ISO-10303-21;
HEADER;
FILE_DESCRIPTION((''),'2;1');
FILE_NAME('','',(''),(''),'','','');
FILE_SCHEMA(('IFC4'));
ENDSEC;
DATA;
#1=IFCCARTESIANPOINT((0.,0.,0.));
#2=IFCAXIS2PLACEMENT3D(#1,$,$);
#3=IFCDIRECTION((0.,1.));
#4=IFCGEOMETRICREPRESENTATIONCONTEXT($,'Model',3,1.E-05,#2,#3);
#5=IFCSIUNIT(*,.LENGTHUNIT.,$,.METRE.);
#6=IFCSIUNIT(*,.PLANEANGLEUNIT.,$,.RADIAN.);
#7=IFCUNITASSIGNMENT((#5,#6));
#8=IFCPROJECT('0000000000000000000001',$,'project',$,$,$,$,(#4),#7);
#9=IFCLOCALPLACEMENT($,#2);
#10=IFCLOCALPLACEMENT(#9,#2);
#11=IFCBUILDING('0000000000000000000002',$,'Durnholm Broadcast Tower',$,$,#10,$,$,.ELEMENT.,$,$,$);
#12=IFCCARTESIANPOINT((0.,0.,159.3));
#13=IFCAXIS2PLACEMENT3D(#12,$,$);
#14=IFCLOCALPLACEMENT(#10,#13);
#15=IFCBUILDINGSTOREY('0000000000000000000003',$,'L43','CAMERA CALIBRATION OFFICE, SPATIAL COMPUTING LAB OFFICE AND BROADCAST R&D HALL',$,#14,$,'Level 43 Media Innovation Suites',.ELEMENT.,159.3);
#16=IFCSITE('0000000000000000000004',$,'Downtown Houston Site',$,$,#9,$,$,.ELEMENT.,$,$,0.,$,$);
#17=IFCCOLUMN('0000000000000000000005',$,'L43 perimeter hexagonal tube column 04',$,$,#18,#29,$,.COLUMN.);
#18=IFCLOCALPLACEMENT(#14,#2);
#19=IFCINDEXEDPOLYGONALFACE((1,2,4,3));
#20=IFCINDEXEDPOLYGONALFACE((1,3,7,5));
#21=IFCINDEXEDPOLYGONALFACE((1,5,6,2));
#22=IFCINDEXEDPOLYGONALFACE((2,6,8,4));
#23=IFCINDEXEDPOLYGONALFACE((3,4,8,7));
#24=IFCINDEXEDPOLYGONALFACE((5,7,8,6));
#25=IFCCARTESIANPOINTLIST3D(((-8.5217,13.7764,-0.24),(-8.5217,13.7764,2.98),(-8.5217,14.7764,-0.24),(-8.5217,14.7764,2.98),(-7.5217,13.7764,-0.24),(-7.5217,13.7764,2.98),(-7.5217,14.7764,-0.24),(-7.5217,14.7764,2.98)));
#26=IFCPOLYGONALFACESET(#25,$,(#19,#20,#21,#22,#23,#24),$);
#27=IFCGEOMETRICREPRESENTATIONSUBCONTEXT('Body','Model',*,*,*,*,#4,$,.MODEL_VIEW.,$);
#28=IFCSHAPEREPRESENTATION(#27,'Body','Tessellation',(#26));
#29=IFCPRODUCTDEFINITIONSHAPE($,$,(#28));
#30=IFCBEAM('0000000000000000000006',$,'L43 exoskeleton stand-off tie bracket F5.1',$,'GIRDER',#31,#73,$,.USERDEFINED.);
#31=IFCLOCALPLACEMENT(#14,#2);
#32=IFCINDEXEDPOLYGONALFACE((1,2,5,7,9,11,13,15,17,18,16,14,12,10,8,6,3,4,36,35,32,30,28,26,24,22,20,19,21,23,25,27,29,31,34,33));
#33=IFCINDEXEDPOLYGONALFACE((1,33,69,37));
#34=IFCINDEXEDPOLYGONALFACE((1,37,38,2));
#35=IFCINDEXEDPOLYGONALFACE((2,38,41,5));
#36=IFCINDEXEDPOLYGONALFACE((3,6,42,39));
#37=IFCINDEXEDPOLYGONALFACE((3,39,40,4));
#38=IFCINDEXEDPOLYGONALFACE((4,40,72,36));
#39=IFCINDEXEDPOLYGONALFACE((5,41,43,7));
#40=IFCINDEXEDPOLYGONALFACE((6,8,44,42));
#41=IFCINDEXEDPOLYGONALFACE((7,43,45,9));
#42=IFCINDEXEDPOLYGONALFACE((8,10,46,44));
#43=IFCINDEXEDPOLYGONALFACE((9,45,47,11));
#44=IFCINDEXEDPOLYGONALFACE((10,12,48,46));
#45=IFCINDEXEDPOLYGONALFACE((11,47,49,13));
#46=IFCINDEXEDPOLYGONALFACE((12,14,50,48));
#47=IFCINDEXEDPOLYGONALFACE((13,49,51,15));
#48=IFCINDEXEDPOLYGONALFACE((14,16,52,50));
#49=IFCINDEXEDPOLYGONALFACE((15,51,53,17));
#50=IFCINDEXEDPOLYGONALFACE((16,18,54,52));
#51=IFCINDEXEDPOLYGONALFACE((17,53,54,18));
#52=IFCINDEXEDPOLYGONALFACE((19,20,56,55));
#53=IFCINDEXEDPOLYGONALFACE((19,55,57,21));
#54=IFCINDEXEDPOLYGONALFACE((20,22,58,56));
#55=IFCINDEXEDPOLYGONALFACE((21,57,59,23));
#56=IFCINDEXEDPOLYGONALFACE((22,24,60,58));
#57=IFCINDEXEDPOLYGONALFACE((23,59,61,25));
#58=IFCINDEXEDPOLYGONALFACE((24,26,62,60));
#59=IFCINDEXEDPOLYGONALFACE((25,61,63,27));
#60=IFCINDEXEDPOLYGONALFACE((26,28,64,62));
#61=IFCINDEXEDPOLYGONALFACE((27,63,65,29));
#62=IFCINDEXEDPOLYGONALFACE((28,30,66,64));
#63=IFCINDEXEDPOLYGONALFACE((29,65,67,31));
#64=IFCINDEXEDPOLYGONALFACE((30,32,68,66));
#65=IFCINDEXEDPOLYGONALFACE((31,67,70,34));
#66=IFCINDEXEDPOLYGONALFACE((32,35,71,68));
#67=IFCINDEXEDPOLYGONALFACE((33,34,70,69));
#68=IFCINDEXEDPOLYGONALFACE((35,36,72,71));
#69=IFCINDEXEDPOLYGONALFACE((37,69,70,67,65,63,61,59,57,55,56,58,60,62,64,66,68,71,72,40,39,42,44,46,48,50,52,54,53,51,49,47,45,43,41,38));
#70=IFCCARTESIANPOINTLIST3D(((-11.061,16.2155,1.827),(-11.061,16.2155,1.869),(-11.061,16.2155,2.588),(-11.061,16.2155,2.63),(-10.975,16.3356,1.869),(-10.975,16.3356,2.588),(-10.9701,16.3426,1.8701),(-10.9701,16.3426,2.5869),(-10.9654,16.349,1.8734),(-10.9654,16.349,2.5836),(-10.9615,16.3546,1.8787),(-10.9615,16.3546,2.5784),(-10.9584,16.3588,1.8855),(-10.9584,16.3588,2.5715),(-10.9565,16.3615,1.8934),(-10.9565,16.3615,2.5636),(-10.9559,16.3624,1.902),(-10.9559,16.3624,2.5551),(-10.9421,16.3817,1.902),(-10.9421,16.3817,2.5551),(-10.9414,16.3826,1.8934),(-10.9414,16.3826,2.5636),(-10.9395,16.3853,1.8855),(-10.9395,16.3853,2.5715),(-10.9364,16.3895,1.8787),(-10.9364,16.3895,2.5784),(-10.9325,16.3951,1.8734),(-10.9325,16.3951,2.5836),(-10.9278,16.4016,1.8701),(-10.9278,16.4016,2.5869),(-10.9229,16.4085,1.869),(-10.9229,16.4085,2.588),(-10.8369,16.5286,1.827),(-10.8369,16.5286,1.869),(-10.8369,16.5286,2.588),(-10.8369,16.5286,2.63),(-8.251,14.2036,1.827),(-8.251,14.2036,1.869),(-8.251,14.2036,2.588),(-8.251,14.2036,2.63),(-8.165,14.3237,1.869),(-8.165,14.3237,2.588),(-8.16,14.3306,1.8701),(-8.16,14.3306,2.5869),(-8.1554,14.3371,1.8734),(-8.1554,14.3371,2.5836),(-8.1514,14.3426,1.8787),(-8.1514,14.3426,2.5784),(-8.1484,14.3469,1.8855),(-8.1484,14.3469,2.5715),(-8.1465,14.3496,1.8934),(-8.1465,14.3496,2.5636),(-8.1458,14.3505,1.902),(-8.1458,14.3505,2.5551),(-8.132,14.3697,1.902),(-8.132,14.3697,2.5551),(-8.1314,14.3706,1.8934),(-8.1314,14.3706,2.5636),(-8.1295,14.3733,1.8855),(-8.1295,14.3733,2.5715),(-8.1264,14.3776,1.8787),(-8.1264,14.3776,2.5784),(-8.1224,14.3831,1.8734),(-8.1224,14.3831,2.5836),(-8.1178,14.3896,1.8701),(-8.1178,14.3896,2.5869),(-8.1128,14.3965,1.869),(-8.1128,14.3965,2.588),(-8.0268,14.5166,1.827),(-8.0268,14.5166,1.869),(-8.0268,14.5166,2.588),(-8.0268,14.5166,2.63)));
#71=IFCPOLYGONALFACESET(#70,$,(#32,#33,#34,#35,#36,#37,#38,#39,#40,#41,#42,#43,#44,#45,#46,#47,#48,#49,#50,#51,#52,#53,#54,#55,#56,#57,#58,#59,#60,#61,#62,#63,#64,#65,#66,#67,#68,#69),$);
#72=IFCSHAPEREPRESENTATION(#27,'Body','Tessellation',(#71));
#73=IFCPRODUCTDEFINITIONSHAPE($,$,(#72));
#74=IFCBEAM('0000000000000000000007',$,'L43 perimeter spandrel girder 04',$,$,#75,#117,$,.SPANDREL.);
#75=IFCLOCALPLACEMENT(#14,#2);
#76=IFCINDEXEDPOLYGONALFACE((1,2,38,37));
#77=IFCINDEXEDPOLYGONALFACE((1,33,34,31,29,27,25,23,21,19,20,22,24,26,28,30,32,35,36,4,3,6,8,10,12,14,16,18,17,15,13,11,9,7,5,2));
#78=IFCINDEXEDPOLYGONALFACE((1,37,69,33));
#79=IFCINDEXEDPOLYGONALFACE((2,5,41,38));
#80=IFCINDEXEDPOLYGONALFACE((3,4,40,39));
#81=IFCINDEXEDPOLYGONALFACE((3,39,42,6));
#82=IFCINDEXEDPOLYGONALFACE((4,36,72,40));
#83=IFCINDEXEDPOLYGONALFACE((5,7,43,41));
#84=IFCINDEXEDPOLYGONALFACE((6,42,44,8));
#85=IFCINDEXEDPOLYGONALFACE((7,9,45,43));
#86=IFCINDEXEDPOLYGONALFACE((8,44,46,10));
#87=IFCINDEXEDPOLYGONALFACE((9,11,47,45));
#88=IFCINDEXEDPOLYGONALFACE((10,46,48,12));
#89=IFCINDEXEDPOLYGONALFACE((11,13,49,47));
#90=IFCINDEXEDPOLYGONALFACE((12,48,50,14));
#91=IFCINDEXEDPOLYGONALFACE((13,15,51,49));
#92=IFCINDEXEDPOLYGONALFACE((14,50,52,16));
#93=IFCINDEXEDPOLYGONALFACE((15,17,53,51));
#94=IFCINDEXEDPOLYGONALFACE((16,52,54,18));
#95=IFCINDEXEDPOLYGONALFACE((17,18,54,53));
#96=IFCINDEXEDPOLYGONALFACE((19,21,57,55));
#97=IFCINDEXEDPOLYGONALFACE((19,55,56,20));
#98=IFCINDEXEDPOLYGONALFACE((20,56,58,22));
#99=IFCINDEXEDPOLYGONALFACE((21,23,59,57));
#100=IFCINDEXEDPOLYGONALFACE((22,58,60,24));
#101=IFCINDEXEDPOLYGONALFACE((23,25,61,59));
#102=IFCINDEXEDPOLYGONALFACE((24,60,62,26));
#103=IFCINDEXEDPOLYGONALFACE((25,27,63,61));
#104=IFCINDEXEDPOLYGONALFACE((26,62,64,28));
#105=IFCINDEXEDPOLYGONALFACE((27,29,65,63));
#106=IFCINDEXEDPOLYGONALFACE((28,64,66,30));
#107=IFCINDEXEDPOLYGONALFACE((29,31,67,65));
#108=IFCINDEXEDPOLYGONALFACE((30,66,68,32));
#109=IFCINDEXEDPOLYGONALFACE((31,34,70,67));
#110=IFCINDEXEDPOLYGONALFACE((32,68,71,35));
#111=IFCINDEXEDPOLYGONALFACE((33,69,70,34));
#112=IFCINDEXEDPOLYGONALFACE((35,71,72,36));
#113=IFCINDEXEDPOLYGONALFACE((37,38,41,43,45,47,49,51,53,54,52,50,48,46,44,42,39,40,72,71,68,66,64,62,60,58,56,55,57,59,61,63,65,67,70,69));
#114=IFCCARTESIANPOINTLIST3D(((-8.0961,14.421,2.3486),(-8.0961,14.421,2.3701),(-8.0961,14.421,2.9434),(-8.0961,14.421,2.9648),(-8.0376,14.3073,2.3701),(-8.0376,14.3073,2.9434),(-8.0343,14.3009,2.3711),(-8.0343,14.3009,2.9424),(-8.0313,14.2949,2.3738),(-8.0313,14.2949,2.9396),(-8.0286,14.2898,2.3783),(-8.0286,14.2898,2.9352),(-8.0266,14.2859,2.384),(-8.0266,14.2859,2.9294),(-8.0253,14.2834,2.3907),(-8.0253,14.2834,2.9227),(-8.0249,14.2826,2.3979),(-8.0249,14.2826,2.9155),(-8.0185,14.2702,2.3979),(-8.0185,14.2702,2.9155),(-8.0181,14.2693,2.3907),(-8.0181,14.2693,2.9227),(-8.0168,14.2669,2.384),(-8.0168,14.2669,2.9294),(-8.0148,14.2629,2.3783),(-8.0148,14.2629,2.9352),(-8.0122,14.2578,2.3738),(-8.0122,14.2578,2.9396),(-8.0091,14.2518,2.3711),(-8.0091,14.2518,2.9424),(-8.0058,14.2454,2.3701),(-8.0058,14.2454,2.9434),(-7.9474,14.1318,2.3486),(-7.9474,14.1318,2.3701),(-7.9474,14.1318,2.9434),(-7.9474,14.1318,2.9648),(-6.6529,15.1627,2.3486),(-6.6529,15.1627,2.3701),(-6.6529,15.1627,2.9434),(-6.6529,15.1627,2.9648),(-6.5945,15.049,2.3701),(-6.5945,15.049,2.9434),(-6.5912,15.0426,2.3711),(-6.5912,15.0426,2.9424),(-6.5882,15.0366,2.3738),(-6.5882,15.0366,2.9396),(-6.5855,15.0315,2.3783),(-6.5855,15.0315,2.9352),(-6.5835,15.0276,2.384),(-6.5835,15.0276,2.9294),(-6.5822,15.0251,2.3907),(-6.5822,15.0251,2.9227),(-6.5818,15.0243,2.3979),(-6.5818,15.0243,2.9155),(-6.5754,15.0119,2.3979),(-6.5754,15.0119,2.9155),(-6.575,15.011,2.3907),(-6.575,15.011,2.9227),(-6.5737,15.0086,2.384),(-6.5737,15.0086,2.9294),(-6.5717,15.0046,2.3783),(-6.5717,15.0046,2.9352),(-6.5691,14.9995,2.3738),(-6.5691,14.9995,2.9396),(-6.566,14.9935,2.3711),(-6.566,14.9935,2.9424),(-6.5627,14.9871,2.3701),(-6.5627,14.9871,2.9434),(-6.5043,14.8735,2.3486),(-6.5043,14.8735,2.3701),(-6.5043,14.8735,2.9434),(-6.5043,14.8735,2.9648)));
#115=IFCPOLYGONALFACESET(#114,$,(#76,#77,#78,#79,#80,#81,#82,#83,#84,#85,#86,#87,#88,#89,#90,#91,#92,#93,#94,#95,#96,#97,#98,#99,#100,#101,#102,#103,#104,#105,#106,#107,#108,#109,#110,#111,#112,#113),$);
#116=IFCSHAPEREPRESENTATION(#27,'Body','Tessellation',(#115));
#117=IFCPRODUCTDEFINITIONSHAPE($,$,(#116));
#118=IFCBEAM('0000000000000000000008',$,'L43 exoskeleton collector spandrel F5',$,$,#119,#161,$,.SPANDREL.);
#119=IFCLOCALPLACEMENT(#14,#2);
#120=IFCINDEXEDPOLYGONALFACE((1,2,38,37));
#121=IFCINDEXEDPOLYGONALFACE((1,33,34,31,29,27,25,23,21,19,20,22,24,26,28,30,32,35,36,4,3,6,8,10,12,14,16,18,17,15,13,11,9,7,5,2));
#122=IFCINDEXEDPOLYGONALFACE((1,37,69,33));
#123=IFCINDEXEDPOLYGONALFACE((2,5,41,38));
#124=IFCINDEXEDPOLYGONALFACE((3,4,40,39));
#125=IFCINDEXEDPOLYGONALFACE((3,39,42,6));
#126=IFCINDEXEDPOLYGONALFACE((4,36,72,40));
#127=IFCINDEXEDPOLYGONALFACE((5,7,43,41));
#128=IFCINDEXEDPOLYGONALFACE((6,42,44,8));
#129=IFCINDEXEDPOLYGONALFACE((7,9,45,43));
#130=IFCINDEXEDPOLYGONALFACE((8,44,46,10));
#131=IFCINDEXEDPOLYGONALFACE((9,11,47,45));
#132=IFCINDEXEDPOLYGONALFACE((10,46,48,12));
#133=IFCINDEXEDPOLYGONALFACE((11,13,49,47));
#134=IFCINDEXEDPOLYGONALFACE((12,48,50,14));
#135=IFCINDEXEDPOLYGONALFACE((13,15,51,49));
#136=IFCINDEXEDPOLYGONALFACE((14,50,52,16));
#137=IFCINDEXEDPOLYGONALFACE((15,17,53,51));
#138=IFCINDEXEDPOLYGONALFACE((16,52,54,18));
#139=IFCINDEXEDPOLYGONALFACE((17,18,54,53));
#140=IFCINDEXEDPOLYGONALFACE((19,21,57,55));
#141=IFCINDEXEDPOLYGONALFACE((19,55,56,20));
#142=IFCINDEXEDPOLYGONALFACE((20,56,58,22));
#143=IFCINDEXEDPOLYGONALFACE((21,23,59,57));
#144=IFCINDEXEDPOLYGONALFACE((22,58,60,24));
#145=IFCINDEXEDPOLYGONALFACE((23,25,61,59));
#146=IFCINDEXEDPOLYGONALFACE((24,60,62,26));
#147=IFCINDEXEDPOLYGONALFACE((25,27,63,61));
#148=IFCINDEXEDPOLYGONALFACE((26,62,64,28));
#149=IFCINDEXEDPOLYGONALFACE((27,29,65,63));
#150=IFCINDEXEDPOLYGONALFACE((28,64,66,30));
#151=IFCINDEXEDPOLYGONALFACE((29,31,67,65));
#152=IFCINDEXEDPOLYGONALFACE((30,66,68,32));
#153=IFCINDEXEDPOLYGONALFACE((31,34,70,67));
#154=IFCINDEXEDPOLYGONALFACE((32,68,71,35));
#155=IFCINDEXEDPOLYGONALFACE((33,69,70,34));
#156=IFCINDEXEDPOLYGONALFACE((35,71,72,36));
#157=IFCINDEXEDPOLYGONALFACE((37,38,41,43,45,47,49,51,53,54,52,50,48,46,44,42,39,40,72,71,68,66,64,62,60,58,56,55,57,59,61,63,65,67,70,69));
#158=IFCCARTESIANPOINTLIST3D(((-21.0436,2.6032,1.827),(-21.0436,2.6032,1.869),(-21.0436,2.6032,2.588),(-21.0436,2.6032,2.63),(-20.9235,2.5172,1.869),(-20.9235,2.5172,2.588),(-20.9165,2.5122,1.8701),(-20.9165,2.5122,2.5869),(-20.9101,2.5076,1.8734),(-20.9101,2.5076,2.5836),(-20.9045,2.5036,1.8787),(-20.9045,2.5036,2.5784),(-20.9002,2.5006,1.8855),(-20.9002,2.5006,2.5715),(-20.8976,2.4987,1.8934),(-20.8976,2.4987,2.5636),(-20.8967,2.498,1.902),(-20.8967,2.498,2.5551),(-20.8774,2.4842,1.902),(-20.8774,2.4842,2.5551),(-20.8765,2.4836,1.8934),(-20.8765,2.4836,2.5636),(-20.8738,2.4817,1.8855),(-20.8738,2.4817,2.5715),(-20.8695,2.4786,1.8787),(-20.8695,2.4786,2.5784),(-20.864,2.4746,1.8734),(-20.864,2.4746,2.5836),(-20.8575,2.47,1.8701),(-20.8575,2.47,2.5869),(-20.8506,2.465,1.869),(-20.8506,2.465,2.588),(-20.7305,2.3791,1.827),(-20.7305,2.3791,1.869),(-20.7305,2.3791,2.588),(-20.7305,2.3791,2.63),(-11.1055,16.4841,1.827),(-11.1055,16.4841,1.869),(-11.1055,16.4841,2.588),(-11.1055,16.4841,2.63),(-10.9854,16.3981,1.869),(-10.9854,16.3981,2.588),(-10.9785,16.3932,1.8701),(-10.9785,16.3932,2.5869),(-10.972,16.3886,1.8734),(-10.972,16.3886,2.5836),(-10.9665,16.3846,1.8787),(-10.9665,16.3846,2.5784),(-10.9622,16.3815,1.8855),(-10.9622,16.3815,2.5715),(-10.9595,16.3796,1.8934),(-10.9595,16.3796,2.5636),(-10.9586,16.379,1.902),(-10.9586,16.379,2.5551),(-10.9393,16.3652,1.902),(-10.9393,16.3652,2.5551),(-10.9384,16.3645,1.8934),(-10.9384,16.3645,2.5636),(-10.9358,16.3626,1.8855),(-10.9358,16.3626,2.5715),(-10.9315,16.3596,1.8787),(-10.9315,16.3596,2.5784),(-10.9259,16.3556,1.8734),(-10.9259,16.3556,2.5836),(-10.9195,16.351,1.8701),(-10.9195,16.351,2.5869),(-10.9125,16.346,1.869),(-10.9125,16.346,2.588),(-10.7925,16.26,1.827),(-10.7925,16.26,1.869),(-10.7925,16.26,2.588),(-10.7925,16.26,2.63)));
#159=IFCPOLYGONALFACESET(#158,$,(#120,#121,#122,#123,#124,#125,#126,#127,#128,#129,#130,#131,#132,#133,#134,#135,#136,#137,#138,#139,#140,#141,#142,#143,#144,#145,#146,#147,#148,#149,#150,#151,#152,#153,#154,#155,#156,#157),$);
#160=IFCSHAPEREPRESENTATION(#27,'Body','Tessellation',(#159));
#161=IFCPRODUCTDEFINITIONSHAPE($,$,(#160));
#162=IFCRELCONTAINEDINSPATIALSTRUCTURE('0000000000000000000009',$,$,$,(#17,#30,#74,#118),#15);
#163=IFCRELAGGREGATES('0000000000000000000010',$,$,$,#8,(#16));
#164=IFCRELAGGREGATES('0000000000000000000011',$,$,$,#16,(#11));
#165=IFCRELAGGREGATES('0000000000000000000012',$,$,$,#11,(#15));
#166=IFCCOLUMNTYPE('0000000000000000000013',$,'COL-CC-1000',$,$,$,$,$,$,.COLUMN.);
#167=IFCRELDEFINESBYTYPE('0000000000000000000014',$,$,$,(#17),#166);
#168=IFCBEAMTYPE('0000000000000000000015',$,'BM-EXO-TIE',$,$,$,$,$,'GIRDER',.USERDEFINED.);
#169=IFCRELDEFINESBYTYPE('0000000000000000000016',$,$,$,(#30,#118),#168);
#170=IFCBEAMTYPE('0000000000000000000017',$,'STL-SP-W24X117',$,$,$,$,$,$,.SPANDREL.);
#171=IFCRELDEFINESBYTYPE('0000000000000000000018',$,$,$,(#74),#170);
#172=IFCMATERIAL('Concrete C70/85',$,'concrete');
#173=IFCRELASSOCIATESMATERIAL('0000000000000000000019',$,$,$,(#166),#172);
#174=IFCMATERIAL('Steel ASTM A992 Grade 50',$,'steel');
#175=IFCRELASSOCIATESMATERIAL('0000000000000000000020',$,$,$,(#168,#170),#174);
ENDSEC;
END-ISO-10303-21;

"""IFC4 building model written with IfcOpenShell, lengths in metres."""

from ifc_helpers import new_model, si_unit, direction, frame, origin, origin_2d, place, context, subcontext, project, spatial, rectangle, i_section, extrude, source, transform, mapped, material, material_profile, profile_set, type_object, type_shapes, element, save


model = new_model("IFC4")

# Units and contexts
model_context = context("Model", 3, precision=1e-05, world=origin(), true_north=direction((0.0, 1.0)))
body_context = subcontext(model_context, "Body", "Model", "MODEL_VIEW")
ifc_project = project(units=[si_unit("LENGTHUNIT", "METRE"), si_unit("PLANEANGLEUNIT", "RADIAN")], contexts=[model_context])

# Site, building, storey
site_placement = place(None, origin())
site = spatial("IfcSite", under=ifc_project, at=site_placement, Name="Downtown Houston Site", CompositionType="ELEMENT", RefElevation=0.0)
building_placement = place(site_placement, origin())
building = spatial("IfcBuilding", under=site, at=building_placement, Name="Durnholm Broadcast Tower", CompositionType="ELEMENT")
storey_placement = place(building_placement, frame((0.0, 0.0, 159.3)))
storey = spatial("IfcBuildingStorey", under=building, at=storey_placement, Name="L43", Description="CAMERA CALIBRATION OFFICE, SPATIAL COMPUTING LAB OFFICE AND BROADCAST R&D HALL", LongName="Level 43 Media Innovation Suites", CompositionType="ELEMENT", Elevation=159.3)

# Column
ifc_material_1 = material(Name="Concrete C70/85", Category="concrete")
ifc_material_profile_1 = material_profile(ifc_material_1, rectangle(XDim=1.0, YDim=1.0, at=origin_2d()), Name="RC1000X1000")
ifc_profile_set_1 = profile_set([ifc_material_profile_1], Name="Concrete C70/85")
column_type = type_object("IfcColumnType", Name="COL-CC-1000", PredefinedType="COLUMN", material=ifc_profile_set_1)
shared_shape_1 = source(origin(), body_context, "Body", "SweptSolid", [
    extrude(rectangle(XDim=1.0, YDim=1.0, at=origin_2d()), origin(), (0.0, 0.0, 1.0), 3.22),
])
type_shapes(column_type, [shared_shape_1])
column_placement = place(storey_placement, frame((-8.0217, 14.2764, -0.24), z_axis=(0.0, 0.0, 1.0), x_axis=(1.0, 0.0, 0.0)))
element("IfcColumn", 1, at=column_placement, inside=storey, type_object=column_type, Name="L43 perimeter hexagonal tube column 04", PredefinedType="COLUMN", context=body_context, shape_type="MappedRepresentation", body=[
    mapped(shared_shape_1, transform((0.0, 0.0, 0.0), x_axis=(1.0, 0.0, 0.0), y_axis=(0.0, 1.0, 0.0), z_axis=(0.0, 0.0, 1.0), scale=1.0)),
])

# Beams
ifc_material_2 = material(Name="Steel ASTM A992 Grade 50", Category="steel")
ifc_material_profile_2 = material_profile(ifc_material_2, i_section(OverallWidth=0.385, OverallDepth=0.803, WebThickness=0.0237, FlangeThickness=0.042, FilletRadius=0.033, at=origin_2d()), Name="W30X261")
ifc_profile_set_2 = profile_set([ifc_material_profile_2], Name="Steel ASTM A992 Grade 50")
beam_type_1 = type_object("IfcBeamType", Name="BM-EXO-TIE", ElementType="GIRDER", PredefinedType="USERDEFINED", material=ifc_profile_set_2)
shared_shape_2 = source(origin(), body_context, "Body", "SweptSolid", [
    extrude(i_section(OverallWidth=0.385, OverallDepth=0.803, WebThickness=0.0237, FlangeThickness=0.042, FilletRadius=0.033, at=origin_2d()), origin(), (0.0, 0.0, 1.0), 3.4561),
])
beam_1_placement = place(storey_placement, frame((-8.1389, 14.3601, 2.2285), z_axis=(-0.813079, 0.582153, 0.0), x_axis=(-0.582153, -0.813079, 0.0)))
element("IfcBeam", 2, at=beam_1_placement, inside=storey, type_object=beam_type_1, Name="L43 exoskeleton stand-off tie bracket F5.1", ObjectType="GIRDER", PredefinedType="USERDEFINED", context=body_context, shape_type="MappedRepresentation", body=[
    mapped(shared_shape_2, transform((0.0, 0.0, 0.0), x_axis=(1.0, 0.0, 0.0), y_axis=(0.0, 1.0, 0.0), z_axis=(0.0, 0.0, 1.0), scale=1.0)),
])
ifc_material_profile_3 = material_profile(ifc_material_2, i_section(OverallWidth=0.3252, OverallDepth=0.6162, WebThickness=0.0139, FlangeThickness=0.0215, FilletRadius=0.0278, at=origin_2d()), Name="W24X117")
ifc_profile_set_3 = profile_set([ifc_material_profile_3], Name="Steel ASTM A992 Grade 50")
beam_type_2 = type_object("IfcBeamType", Name="STL-SP-W24X117", PredefinedType="SPANDREL", material=ifc_profile_set_3)
shared_shape_3 = source(origin(), body_context, "Body", "SweptSolid", [
    extrude(i_section(OverallWidth=0.3252, OverallDepth=0.6162, WebThickness=0.0139, FlangeThickness=0.0215, FilletRadius=0.0278, at=origin_2d()), origin(), (0.0, 0.0, 1.0), 1.6226),
])
type_shapes(beam_type_2, [shared_shape_3])
beam_2_placement = place(storey_placement, frame((-8.0217, 14.2764, 2.6567), z_axis=(0.889407, 0.457117, 0.0), x_axis=(-0.457117, 0.889407, 0.0)))
element("IfcBeam", 3, at=beam_2_placement, inside=storey, type_object=beam_type_2, Name="L43 perimeter spandrel girder 04", PredefinedType="SPANDREL", context=body_context, shape_type="MappedRepresentation", body=[
    mapped(shared_shape_3, transform((0.0, 0.0, 0.0), x_axis=(1.0, 0.0, 0.0), y_axis=(0.0, 1.0, 0.0), z_axis=(0.0, 0.0, 1.0), scale=1.0)),
])
shared_shape_4 = source(origin(), body_context, "Body", "SweptSolid", [
    extrude(i_section(OverallWidth=0.385, OverallDepth=0.803, WebThickness=0.0237, FlangeThickness=0.042, FilletRadius=0.033, at=origin_2d()), origin(), (0.0, 0.0, 1.0), 17.0718),
])
type_shapes(beam_type_1, [shared_shape_2, shared_shape_4])
beam_3_placement = place(storey_placement, frame((-10.949, 16.3721, 2.2285), z_axis=(-0.582133, -0.813093, 0.0), x_axis=(0.813093, -0.582133, 0.0)))
element("IfcBeam", 4, at=beam_3_placement, inside=storey, type_object=beam_type_1, Name="L43 exoskeleton collector spandrel F5", PredefinedType="SPANDREL", context=body_context, shape_type="MappedRepresentation", body=[
    mapped(shared_shape_4, transform((0.0, 0.0, 0.0), x_axis=(1.0, 0.0, 0.0), y_axis=(0.0, 1.0, 0.0), z_axis=(0.0, 0.0, 1.0), scale=1.0)),
])

save(model, "model.ifc")
